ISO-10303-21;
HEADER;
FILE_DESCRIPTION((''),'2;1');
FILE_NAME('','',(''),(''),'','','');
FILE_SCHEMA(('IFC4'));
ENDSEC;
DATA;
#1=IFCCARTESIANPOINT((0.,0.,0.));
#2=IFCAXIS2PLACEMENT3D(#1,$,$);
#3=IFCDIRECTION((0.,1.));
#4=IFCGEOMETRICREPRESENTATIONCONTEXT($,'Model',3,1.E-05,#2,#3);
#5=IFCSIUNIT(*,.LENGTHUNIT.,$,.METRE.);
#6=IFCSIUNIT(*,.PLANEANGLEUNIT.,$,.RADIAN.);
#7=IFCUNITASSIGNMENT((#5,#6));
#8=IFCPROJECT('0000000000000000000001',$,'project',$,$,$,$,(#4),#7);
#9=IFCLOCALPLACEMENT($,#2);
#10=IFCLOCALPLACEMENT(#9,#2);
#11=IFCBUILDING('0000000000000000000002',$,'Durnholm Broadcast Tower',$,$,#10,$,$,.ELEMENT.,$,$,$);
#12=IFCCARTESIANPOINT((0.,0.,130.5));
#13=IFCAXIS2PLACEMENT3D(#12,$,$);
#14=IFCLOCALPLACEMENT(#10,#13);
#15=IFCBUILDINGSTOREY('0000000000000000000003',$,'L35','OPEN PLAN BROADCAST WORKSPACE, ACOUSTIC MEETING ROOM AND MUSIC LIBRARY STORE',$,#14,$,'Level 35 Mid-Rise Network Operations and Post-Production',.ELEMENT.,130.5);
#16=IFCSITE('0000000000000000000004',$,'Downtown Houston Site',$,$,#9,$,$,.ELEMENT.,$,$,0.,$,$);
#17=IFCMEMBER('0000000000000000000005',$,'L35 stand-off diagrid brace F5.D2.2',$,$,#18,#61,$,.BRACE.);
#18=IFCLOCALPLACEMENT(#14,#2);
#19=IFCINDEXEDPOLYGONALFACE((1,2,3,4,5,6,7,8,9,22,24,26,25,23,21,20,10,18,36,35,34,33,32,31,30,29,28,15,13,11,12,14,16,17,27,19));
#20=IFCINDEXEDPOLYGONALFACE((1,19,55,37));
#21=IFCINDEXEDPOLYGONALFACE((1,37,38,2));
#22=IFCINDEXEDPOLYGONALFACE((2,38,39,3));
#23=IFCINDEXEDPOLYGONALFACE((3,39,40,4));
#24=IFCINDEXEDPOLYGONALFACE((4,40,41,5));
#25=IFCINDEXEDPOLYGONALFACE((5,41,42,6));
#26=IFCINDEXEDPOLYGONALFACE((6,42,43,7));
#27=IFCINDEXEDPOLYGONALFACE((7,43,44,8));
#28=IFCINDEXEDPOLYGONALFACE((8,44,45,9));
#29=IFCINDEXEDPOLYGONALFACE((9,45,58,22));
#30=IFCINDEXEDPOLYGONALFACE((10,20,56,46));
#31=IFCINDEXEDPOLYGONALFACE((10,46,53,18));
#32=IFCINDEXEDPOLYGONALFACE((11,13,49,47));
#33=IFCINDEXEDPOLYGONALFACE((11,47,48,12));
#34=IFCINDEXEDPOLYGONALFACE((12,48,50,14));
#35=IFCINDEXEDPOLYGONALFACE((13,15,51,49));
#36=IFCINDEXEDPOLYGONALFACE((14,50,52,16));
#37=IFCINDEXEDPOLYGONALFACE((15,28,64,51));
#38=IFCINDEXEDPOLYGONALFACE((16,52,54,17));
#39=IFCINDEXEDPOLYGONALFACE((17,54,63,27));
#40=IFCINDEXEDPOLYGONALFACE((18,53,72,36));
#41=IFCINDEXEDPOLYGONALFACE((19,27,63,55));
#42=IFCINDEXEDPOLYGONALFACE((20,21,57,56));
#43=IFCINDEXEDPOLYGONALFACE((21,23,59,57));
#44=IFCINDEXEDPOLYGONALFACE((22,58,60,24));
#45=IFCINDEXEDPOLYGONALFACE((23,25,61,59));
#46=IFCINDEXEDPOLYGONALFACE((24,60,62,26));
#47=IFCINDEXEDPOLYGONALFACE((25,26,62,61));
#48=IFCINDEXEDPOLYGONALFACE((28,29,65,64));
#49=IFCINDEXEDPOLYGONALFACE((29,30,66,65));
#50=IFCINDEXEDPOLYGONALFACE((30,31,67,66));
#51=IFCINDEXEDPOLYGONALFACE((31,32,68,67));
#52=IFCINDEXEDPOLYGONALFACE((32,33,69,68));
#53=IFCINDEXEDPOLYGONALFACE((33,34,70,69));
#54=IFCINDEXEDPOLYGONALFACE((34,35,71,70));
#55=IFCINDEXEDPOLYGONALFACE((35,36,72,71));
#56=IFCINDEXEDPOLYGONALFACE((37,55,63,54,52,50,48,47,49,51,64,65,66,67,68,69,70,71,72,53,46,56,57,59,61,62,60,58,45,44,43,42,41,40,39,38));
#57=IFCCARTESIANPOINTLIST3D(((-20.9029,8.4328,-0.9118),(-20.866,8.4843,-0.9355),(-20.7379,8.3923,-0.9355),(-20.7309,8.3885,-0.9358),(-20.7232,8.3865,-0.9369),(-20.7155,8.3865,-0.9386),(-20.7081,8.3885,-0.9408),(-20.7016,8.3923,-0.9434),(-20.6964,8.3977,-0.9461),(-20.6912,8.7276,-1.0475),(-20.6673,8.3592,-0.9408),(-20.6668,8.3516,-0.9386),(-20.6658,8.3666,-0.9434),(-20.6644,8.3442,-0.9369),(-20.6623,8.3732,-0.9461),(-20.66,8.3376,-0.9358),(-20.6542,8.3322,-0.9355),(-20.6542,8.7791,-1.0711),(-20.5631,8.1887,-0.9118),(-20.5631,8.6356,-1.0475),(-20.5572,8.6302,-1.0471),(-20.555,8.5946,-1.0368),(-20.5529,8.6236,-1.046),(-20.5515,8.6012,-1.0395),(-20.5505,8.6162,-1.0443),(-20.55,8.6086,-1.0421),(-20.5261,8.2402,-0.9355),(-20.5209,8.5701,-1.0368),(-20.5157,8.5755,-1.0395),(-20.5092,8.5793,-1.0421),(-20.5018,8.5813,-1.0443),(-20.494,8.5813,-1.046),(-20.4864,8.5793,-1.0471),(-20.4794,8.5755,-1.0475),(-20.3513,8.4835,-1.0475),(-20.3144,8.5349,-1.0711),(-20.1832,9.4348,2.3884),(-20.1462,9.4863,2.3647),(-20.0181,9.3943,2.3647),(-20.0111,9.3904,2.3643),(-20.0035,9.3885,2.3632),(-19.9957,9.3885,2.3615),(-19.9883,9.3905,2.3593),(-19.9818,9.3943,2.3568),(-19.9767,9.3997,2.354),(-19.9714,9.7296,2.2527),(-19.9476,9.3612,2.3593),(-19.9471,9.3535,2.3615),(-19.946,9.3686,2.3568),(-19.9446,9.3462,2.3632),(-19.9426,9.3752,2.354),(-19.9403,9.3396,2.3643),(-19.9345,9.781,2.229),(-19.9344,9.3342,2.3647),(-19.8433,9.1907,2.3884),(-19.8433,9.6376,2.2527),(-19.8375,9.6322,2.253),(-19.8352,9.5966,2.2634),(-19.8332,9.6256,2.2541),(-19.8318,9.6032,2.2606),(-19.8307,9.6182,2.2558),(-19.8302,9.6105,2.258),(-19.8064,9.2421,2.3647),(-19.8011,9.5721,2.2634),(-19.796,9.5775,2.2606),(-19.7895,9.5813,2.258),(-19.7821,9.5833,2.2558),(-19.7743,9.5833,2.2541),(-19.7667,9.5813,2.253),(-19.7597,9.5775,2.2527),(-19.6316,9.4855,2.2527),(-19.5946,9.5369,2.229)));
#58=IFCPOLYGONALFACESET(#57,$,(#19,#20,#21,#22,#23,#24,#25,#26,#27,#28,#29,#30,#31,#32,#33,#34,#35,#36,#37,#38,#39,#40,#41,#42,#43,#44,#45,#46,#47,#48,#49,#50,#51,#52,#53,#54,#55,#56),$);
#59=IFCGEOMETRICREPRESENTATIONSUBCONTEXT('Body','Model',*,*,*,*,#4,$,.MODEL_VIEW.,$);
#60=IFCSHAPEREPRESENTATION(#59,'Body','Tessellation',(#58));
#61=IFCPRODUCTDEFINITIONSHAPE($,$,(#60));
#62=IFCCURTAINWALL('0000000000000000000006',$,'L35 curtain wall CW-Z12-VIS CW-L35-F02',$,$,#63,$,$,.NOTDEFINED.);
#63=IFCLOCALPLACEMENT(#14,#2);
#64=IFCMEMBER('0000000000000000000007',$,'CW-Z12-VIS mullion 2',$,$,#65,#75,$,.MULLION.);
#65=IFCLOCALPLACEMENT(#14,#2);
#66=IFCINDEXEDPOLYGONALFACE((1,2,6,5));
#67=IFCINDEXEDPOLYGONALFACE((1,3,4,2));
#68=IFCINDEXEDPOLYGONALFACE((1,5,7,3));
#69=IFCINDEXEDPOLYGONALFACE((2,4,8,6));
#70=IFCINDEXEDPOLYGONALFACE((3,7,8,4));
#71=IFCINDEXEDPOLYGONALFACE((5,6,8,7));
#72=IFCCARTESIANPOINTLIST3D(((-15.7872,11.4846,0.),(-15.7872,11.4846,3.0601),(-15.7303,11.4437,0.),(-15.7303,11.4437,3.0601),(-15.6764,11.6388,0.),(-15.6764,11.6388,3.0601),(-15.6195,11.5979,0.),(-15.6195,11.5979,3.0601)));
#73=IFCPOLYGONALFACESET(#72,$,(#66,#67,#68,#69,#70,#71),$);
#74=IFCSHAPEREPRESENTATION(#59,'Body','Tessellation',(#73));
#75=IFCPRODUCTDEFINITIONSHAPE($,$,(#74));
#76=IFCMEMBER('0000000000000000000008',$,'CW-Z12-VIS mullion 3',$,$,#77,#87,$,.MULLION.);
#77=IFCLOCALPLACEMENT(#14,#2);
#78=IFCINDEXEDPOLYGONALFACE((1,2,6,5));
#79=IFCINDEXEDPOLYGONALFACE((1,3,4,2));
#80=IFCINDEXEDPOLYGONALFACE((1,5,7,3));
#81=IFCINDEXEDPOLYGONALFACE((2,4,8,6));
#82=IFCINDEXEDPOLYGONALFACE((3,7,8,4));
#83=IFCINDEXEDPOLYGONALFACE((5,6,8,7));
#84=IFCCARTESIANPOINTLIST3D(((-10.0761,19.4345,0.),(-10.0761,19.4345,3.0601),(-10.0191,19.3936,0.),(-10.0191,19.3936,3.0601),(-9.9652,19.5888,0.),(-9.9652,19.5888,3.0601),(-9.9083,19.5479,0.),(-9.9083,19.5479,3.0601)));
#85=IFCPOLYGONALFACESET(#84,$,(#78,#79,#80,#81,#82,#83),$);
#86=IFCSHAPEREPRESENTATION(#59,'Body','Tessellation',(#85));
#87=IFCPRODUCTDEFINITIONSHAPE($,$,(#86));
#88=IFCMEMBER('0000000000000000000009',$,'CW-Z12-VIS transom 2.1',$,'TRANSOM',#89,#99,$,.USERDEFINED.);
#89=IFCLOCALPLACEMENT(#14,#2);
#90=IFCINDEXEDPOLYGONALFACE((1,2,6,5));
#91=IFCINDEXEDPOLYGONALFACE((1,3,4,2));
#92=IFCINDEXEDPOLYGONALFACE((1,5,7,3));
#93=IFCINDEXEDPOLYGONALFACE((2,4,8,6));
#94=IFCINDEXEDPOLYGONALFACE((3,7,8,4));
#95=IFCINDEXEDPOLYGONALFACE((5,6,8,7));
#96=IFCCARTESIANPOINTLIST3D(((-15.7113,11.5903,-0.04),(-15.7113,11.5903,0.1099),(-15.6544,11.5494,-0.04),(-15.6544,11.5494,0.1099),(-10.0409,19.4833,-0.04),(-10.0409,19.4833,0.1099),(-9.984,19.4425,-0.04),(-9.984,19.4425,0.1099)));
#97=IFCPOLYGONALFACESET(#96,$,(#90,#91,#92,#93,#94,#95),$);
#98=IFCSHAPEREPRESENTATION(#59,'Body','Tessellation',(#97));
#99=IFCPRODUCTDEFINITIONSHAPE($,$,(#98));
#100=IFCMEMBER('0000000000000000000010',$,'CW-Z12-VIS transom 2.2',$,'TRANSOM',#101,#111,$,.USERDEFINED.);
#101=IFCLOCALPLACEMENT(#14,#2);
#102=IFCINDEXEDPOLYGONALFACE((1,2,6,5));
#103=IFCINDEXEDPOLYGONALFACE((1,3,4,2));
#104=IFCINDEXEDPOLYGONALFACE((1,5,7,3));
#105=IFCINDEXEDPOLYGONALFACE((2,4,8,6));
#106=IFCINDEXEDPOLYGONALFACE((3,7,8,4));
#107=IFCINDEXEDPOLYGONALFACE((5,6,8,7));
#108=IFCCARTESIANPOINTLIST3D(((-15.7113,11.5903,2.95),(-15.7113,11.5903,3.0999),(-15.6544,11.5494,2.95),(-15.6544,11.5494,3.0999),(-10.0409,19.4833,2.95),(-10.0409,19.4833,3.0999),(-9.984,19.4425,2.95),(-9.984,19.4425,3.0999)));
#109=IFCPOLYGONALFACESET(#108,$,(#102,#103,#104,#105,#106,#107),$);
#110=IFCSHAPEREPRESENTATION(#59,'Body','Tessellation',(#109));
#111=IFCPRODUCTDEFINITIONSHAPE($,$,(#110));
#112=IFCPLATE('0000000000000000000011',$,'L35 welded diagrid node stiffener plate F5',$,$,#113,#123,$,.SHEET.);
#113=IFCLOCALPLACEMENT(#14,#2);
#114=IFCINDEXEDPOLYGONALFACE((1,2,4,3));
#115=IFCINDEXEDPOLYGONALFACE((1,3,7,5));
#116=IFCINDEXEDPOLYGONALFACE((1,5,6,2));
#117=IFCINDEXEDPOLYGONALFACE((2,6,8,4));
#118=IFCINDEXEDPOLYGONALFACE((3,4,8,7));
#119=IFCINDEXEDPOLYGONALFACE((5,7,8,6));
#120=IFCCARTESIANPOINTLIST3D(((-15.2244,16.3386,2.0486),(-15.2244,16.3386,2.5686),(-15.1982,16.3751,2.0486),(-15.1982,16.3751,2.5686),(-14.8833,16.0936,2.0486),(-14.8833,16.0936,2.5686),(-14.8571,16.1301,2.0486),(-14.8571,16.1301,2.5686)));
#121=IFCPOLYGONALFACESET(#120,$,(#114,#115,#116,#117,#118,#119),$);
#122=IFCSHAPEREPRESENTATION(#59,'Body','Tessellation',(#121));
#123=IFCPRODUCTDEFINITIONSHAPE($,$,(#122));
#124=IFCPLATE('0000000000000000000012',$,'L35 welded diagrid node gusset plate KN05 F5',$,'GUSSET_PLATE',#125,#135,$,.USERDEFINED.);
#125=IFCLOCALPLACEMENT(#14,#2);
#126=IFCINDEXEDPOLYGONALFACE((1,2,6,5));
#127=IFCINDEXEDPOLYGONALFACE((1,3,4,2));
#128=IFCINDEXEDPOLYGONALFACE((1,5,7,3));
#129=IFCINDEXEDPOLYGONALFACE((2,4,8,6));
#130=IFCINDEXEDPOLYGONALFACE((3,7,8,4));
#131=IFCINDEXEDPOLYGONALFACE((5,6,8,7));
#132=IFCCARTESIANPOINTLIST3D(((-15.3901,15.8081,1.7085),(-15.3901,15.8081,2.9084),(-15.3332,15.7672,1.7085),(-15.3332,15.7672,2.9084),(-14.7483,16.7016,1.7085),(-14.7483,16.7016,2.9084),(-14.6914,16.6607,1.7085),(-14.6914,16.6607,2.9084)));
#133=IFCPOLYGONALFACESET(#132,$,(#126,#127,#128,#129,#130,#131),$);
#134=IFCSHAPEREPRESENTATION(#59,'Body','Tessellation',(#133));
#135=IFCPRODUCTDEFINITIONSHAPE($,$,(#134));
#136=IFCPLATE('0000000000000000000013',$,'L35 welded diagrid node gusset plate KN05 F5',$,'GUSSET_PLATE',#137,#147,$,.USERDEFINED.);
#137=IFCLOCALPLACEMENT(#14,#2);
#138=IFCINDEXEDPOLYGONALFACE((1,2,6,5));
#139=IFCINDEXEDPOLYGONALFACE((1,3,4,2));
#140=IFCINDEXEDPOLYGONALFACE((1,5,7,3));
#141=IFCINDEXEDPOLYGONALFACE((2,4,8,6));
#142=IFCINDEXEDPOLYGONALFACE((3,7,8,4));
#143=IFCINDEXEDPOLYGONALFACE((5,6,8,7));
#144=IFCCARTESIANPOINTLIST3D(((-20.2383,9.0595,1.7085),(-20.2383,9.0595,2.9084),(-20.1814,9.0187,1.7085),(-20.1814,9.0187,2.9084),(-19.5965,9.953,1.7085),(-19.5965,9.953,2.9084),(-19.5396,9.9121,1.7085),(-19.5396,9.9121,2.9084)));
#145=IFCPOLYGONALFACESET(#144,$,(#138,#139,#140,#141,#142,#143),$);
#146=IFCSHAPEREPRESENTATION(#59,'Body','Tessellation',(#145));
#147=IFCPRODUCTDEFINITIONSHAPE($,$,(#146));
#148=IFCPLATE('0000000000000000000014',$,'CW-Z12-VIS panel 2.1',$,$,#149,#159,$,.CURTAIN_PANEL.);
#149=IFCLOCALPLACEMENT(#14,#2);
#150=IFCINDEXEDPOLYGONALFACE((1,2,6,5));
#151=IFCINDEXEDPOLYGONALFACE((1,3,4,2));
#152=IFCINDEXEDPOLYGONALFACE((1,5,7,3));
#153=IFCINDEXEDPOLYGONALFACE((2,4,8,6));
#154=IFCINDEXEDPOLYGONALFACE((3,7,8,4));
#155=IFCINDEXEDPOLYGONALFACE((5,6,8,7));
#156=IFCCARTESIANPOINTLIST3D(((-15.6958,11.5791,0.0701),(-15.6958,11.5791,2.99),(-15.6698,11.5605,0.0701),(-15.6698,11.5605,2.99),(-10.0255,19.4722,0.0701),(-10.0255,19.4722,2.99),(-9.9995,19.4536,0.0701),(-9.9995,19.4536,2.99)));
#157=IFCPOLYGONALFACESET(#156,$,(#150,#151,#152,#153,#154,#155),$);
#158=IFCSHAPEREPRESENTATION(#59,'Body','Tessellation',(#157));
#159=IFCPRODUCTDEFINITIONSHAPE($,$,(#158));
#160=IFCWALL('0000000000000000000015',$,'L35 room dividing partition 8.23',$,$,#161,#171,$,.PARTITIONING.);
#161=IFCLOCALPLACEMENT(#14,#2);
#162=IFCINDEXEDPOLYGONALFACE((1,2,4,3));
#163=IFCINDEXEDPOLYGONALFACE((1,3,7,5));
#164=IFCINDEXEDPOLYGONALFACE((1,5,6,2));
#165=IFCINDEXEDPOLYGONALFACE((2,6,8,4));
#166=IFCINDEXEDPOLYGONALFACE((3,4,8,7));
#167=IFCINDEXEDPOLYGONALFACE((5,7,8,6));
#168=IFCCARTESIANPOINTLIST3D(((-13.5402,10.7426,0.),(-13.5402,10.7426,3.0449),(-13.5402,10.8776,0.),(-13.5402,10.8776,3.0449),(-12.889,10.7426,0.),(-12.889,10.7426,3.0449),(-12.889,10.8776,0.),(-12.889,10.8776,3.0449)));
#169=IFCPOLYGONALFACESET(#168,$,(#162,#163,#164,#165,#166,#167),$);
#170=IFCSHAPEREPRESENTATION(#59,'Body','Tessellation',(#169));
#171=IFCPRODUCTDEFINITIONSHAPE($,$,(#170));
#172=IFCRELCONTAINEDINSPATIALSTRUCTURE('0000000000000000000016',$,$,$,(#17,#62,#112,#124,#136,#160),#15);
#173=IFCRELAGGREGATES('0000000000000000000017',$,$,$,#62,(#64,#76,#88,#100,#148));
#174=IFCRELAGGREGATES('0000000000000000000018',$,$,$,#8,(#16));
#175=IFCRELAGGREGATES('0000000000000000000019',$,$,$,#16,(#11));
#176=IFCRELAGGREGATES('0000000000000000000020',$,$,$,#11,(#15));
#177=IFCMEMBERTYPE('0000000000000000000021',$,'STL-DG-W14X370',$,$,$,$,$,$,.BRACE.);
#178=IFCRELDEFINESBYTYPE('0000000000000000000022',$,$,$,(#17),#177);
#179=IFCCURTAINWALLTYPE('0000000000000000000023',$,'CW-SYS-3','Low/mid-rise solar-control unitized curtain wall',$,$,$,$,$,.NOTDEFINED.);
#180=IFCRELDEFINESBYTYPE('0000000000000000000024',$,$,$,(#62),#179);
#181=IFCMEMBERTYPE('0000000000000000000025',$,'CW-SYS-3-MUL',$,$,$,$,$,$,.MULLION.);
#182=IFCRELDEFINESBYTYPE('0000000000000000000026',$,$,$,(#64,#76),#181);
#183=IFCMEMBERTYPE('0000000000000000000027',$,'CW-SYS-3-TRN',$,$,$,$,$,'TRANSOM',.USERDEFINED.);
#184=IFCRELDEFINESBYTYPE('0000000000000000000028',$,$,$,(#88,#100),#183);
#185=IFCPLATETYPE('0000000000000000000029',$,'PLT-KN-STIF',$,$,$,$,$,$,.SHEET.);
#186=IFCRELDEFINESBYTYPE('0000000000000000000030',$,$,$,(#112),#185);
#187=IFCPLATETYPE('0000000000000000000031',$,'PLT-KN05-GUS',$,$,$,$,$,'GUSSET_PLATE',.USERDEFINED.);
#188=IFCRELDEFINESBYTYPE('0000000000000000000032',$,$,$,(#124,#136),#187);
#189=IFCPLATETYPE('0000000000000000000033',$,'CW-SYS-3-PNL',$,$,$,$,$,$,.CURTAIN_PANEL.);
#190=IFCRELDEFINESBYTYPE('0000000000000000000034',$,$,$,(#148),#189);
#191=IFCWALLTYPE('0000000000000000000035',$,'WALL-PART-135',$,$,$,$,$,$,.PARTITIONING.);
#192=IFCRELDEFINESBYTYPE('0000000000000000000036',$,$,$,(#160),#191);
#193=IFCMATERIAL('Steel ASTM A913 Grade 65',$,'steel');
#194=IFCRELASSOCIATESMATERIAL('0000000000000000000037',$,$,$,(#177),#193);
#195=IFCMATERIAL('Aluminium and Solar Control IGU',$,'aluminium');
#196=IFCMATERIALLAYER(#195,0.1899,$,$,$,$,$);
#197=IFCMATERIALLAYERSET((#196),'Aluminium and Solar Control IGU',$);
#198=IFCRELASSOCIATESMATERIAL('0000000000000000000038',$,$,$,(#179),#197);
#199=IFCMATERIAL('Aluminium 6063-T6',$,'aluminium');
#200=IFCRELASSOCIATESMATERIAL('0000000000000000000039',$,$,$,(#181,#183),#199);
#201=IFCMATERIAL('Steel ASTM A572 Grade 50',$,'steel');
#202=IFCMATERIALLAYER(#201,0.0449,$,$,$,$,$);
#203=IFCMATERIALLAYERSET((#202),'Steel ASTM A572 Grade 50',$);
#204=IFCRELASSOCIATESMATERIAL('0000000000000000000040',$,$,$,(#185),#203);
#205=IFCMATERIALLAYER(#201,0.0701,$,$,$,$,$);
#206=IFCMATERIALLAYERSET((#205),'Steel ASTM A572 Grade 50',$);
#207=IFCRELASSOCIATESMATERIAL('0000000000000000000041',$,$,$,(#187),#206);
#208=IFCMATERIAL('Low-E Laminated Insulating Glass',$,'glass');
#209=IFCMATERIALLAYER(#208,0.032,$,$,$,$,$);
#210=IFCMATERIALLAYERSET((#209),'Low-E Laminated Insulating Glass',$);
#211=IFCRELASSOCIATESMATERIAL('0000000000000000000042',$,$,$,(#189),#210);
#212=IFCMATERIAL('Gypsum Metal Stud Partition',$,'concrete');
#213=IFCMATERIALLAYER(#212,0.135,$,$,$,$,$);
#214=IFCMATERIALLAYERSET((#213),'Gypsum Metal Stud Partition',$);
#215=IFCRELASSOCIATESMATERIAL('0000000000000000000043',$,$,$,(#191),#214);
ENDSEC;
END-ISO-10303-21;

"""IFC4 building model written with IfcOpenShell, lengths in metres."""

from ifc_helpers import new_model, si_unit, direction, frame, frame_2d, origin, origin_2d, place, context, subcontext, project, spatial, rectangle, i_section, extrude, source, transform, mapped, material, layer, layer_set, material_profile, profile_set, type_object, type_shapes, element, aggregate, save


model = new_model("IFC4")

# Units and contexts
model_context = context("Model", 3, precision=1e-05, world=origin(), true_north=direction((0.0, 1.0)))
body_context = subcontext(model_context, "Body", "Model", "MODEL_VIEW")
ifc_project = project(units=[si_unit("LENGTHUNIT", "METRE"), si_unit("PLANEANGLEUNIT", "RADIAN")], contexts=[model_context])

# Site, building, storey
site_placement = place(None, origin())
site = spatial("IfcSite", under=ifc_project, at=site_placement, Name="Downtown Houston Site", CompositionType="ELEMENT", RefElevation=0.0)
building_placement = place(site_placement, origin())
building = spatial("IfcBuilding", under=site, at=building_placement, Name="Durnholm Broadcast Tower", CompositionType="ELEMENT")
storey_placement = place(building_placement, frame((0.0, 0.0, 130.5)))
storey = spatial("IfcBuildingStorey", under=building, at=storey_placement, Name="L35", Description="OPEN PLAN BROADCAST WORKSPACE, ACOUSTIC MEETING ROOM AND MUSIC LIBRARY STORE", LongName="Level 35 Mid-Rise Network Operations and Post-Production", CompositionType="ELEMENT", Elevation=130.5)

# Member
ifc_material_1 = material(Name="Steel ASTM A913 Grade 65", Category="steel")
ifc_material_profile_1 = material_profile(ifc_material_1, i_section(OverallWidth=0.4185, OverallDepth=0.4551, WebThickness=0.042, FlangeThickness=0.0676, FilletRadius=0.0305, at=origin_2d()), Name="W14X370")
ifc_profile_set_1 = profile_set([ifc_material_profile_1], Name="Steel ASTM A913 Grade 65")
member_type_1 = type_object("IfcMemberType", Name="STL-DG-W14X370", PredefinedType="BRACE", material=ifc_profile_set_1)
shared_shape_1 = source(origin(), body_context, "Body", "SweptSolid", [
    extrude(i_section(OverallWidth=0.4185, OverallDepth=0.4551, WebThickness=0.042, FlangeThickness=0.0676, FilletRadius=0.0305, at=origin_2d()), origin(), (0.0, 0.0, 1.0), 3.5232),
])
type_shapes(member_type_1, [shared_shape_1])
for number, where, z_axis, x_axis, name in (
    (1, (-20.6086, 8.4839, -0.9915), (0.204288, 0.284395, 0.936689), (-0.812179, 0.583408, 0.0), "L35 stand-off diagrid brace F5.D2.2"),
):
    element("IfcMember", number, at=place(storey_placement, frame(where, z_axis=z_axis, x_axis=x_axis)), inside=storey, type_object=member_type_1, Name=name, PredefinedType="BRACE", context=body_context, shape_type="MappedRepresentation", body=[
        mapped(shared_shape_1, transform((0.0, 0.0, 0.0), x_axis=(1.0, 0.0, 0.0), y_axis=(0.0, 1.0, 0.0), z_axis=(0.0, 0.0, 1.0), scale=1.0)),
    ])

# Curtain wall, members
ifc_material_2 = material(Name="Aluminium and Solar Control IGU", Category="aluminium")
ifc_layer_1 = layer(ifc_material_2, 0.1899)
ifc_layer_set_1 = layer_set([ifc_layer_1], Name="Aluminium and Solar Control IGU")
curtain_wall_type = type_object("IfcCurtainWallType", Name="CW-SYS-3", Description="Low/mid-rise solar-control unitized curtain wall", PredefinedType="NOTDEFINED", material=ifc_layer_set_1)
curtain_wall_placement = place(storey_placement, origin())
curtain_wall = element("IfcCurtainWall", 2, at=curtain_wall_placement, inside=storey, type_object=curtain_wall_type, Name="L35 curtain wall CW-Z12-VIS CW-L35-F02", PredefinedType="NOTDEFINED")
ifc_material_3 = material(Name="Aluminium 6063-T6", Category="aluminium")
ifc_material_profile_2 = material_profile(ifc_material_3, rectangle(XDim=0.0701, YDim=0.1899, at=origin_2d()), Name="CWM70X190")
ifc_profile_set_2 = profile_set([ifc_material_profile_2], Name="Aluminium 6063-T6")
member_type_2 = type_object("IfcMemberType", Name="CW-SYS-3-MUL", PredefinedType="MULLION", material=ifc_profile_set_2)
shared_shape_2 = source(origin(), body_context, "Body", "SweptSolid", [
    extrude(rectangle(XDim=0.0701, YDim=0.1899, at=origin_2d()), origin(), (0.0, 0.0, 1.0), 3.0601),
])
type_shapes(member_type_2, [shared_shape_2])
member_1_placement = place(storey_placement, frame((-15.7034, 11.5413, 0.0), z_axis=(0.0, 0.0, 1.0), x_axis=(-0.812152, 0.583445, 0.0)))
member_1 = element("IfcMember", 3, at=member_1_placement, type_object=member_type_2, Name="CW-Z12-VIS mullion 2", PredefinedType="MULLION", context=body_context, shape_type="MappedRepresentation", body=[
    mapped(shared_shape_2, transform((0.0, 0.0, 0.0), x_axis=(1.0, 0.0, 0.0), y_axis=(0.0, 1.0, 0.0), z_axis=(0.0, 0.0, 1.0), scale=1.0)),
])
member_2_placement = place(storey_placement, frame((-9.9922, 19.4912, 0.0), z_axis=(0.0, 0.0, 1.0), x_axis=(-0.812152, 0.583445, 0.0)))
member_2 = element("IfcMember", 4, at=member_2_placement, type_object=member_type_2, Name="CW-Z12-VIS mullion 3", PredefinedType="MULLION", context=body_context, shape_type="MappedRepresentation", body=[
    mapped(shared_shape_2, transform((0.0, 0.0, 0.0), x_axis=(1.0, 0.0, 0.0), y_axis=(0.0, 1.0, 0.0), z_axis=(0.0, 0.0, 1.0), scale=1.0)),
])
ifc_material_profile_3 = material_profile(ifc_material_3, rectangle(XDim=0.0701, YDim=0.1499, at=origin_2d()), Name="CWT70X150")
ifc_profile_set_3 = profile_set([ifc_material_profile_3], Name="Aluminium 6063-T6")
member_type_3 = type_object("IfcMemberType", Name="CW-SYS-3-TRN", ElementType="TRANSOM", PredefinedType="USERDEFINED", material=ifc_profile_set_3)
shared_shape_3 = source(origin(), body_context, "Body", "SweptSolid", [
    extrude(rectangle(XDim=0.0701, YDim=0.1499, at=origin_2d()), origin(), (0.0, 0.0, 1.0), 9.7188),
])
type_shapes(member_type_3, [shared_shape_3])
member_3_placement = place(storey_placement, frame((-15.6829, 11.5698, 0.0349), z_axis=(0.583451, 0.812149, 0.0), x_axis=(-0.812149, 0.583451, 0.0)))
member_3 = element("IfcMember", 5, at=member_3_placement, type_object=member_type_3, Name="CW-Z12-VIS transom 2.1", ObjectType="TRANSOM", PredefinedType="USERDEFINED", context=body_context, shape_type="MappedRepresentation", body=[
    mapped(shared_shape_3, transform((0.0, 0.0, 0.0), x_axis=(1.0, 0.0, 0.0), y_axis=(0.0, 1.0, 0.0), z_axis=(0.0, 0.0, 1.0), scale=1.0)),
])
member_4_placement = place(storey_placement, frame((-15.6829, 11.5698, 3.0249), z_axis=(0.583451, 0.812149, 0.0), x_axis=(-0.812149, 0.583451, 0.0)))
member_4 = element("IfcMember", 6, at=member_4_placement, type_object=member_type_3, Name="CW-Z12-VIS transom 2.2", ObjectType="TRANSOM", PredefinedType="USERDEFINED", context=body_context, shape_type="MappedRepresentation", body=[
    mapped(shared_shape_3, transform((0.0, 0.0, 0.0), x_axis=(1.0, 0.0, 0.0), y_axis=(0.0, 1.0, 0.0), z_axis=(0.0, 0.0, 1.0), scale=1.0)),
])

# Plates
ifc_material_4 = material(Name="Steel ASTM A572 Grade 50", Category="steel")
ifc_layer_2 = layer(ifc_material_4, 0.0449)
ifc_layer_set_2 = layer_set([ifc_layer_2], Name="Steel ASTM A572 Grade 50")
plate_type_1 = type_object("IfcPlateType", Name="PLT-KN-STIF", PredefinedType="SHEET", material=ifc_layer_set_2)
shared_shape_4 = source(origin(), body_context, "Body", "SweptSolid", [
    extrude(rectangle(XDim=0.0449, YDim=0.4199, at=origin_2d()), origin(), (0.0, 0.0, 1.0), 0.52),
])
type_shapes(plate_type_1, [shared_shape_4])
plate_1_placement = place(storey_placement, frame((-15.0408, 16.2344, 2.0486), z_axis=(0.0, 0.0, 1.0), x_axis=(-0.583399, -0.812185, 0.0)))
element("IfcPlate", 7, at=plate_1_placement, inside=storey, type_object=plate_type_1, Name="L35 welded diagrid node stiffener plate F5", PredefinedType="SHEET", context=body_context, shape_type="MappedRepresentation", body=[
    mapped(shared_shape_4, transform((0.0, 0.0, 0.0), x_axis=(1.0, 0.0, 0.0), y_axis=(0.0, 1.0, 0.0), z_axis=(0.0, 0.0, 1.0), scale=1.0)),
])
ifc_layer_3 = layer(ifc_material_4, 0.0701)
ifc_layer_set_3 = layer_set([ifc_layer_3], Name="Steel ASTM A572 Grade 50")
plate_type_2 = type_object("IfcPlateType", Name="PLT-KN05-GUS", ElementType="GUSSET_PLATE", PredefinedType="USERDEFINED", material=ifc_layer_set_3)
shared_shape_5 = source(origin(), body_context, "Body", "SweptSolid", [
    extrude(rectangle(XDim=1.1001, YDim=0.0701, at=origin_2d()), origin(), (0.0, 0.0, 1.0), 1.2),
])
type_shapes(plate_type_2, [shared_shape_5])
for number, where, z_axis, x_axis, name in (
    (8, (-15.0408, 16.2344, 1.7085), (0.0, 0.0, 1.0), (-0.583399, -0.812185, 0.0), "L35 welded diagrid node gusset plate KN05 F5"),
    (9, (-19.8889, 9.4858, 1.7085), (0.0, 0.0, 1.0), (-0.583399, -0.812185, 0.0), "L35 welded diagrid node gusset plate KN05 F5"),
):
    element("IfcPlate", number, at=place(storey_placement, frame(where, z_axis=z_axis, x_axis=x_axis)), inside=storey, type_object=plate_type_2, Name=name, ObjectType="GUSSET_PLATE", PredefinedType="USERDEFINED", context=body_context, shape_type="MappedRepresentation", body=[
        mapped(shared_shape_5, transform((0.0, 0.0, 0.0), x_axis=(1.0, 0.0, 0.0), y_axis=(0.0, 1.0, 0.0), z_axis=(0.0, 0.0, 1.0), scale=1.0)),
    ])

# Plate
ifc_material_5 = material(Name="Low-E Laminated Insulating Glass", Category="glass")
ifc_layer_4 = layer(ifc_material_5, 0.032)
ifc_layer_set_4 = layer_set([ifc_layer_4], Name="Low-E Laminated Insulating Glass")
plate_type_3 = type_object("IfcPlateType", Name="CW-SYS-3-PNL", PredefinedType="CURTAIN_PANEL", material=ifc_layer_set_4)
shared_shape_6 = source(origin(), body_context, "Body", "SweptSolid", [
    extrude(rectangle(XDim=9.7188, YDim=0.032, at=origin_2d()), origin(), (0.0, 0.0, 1.0), 2.9199),
])
type_shapes(plate_type_3, [shared_shape_6])
plate_2_placement = place(storey_placement, frame((-12.8477, 15.5164, 0.0701), z_axis=(0.0, 0.0, 1.0), x_axis=(0.583445, 0.812152, 0.0)))
plate_2 = element("IfcPlate", 10, at=plate_2_placement, type_object=plate_type_3, Name="CW-Z12-VIS panel 2.1", PredefinedType="CURTAIN_PANEL", context=body_context, shape_type="MappedRepresentation", body=[
    mapped(shared_shape_6, transform((0.0, 0.0, 0.0), x_axis=(1.0, 0.0, 0.0), y_axis=(0.0, 1.0, 0.0), z_axis=(0.0, 0.0, 1.0), scale=1.0)),
])
aggregate(curtain_wall, [member_1, member_2, member_3, member_4, plate_2])

# Wall
ifc_material_6 = material(Name="Gypsum Metal Stud Partition", Category="concrete")
ifc_layer_5 = layer(ifc_material_6, 0.135)
ifc_layer_set_5 = layer_set([ifc_layer_5], Name="Gypsum Metal Stud Partition")
wall_type_1 = type_object("IfcWallType", Name="WALL-PART-135", PredefinedType="PARTITIONING", material=ifc_layer_set_5)
wall_1_placement = place(storey_placement, frame((-12.8889, 10.8101, 0.0), z_axis=(0.0, 0.0, 1.0), x_axis=(-1.0, 0.0, 0.0)))
element("IfcWall", 11, at=wall_1_placement, inside=storey, type_object=wall_type_1, Name="L35 room dividing partition 8.23", PredefinedType="PARTITIONING", context=body_context, shape_type="SweptSolid", body=[
    extrude(rectangle(XDim=0.6511, YDim=0.135, at=frame_2d((0.3257, 0.0))), origin(), (0.0, 0.0, 1.0), 3.0449),
])

save(model, "model.ifc")
